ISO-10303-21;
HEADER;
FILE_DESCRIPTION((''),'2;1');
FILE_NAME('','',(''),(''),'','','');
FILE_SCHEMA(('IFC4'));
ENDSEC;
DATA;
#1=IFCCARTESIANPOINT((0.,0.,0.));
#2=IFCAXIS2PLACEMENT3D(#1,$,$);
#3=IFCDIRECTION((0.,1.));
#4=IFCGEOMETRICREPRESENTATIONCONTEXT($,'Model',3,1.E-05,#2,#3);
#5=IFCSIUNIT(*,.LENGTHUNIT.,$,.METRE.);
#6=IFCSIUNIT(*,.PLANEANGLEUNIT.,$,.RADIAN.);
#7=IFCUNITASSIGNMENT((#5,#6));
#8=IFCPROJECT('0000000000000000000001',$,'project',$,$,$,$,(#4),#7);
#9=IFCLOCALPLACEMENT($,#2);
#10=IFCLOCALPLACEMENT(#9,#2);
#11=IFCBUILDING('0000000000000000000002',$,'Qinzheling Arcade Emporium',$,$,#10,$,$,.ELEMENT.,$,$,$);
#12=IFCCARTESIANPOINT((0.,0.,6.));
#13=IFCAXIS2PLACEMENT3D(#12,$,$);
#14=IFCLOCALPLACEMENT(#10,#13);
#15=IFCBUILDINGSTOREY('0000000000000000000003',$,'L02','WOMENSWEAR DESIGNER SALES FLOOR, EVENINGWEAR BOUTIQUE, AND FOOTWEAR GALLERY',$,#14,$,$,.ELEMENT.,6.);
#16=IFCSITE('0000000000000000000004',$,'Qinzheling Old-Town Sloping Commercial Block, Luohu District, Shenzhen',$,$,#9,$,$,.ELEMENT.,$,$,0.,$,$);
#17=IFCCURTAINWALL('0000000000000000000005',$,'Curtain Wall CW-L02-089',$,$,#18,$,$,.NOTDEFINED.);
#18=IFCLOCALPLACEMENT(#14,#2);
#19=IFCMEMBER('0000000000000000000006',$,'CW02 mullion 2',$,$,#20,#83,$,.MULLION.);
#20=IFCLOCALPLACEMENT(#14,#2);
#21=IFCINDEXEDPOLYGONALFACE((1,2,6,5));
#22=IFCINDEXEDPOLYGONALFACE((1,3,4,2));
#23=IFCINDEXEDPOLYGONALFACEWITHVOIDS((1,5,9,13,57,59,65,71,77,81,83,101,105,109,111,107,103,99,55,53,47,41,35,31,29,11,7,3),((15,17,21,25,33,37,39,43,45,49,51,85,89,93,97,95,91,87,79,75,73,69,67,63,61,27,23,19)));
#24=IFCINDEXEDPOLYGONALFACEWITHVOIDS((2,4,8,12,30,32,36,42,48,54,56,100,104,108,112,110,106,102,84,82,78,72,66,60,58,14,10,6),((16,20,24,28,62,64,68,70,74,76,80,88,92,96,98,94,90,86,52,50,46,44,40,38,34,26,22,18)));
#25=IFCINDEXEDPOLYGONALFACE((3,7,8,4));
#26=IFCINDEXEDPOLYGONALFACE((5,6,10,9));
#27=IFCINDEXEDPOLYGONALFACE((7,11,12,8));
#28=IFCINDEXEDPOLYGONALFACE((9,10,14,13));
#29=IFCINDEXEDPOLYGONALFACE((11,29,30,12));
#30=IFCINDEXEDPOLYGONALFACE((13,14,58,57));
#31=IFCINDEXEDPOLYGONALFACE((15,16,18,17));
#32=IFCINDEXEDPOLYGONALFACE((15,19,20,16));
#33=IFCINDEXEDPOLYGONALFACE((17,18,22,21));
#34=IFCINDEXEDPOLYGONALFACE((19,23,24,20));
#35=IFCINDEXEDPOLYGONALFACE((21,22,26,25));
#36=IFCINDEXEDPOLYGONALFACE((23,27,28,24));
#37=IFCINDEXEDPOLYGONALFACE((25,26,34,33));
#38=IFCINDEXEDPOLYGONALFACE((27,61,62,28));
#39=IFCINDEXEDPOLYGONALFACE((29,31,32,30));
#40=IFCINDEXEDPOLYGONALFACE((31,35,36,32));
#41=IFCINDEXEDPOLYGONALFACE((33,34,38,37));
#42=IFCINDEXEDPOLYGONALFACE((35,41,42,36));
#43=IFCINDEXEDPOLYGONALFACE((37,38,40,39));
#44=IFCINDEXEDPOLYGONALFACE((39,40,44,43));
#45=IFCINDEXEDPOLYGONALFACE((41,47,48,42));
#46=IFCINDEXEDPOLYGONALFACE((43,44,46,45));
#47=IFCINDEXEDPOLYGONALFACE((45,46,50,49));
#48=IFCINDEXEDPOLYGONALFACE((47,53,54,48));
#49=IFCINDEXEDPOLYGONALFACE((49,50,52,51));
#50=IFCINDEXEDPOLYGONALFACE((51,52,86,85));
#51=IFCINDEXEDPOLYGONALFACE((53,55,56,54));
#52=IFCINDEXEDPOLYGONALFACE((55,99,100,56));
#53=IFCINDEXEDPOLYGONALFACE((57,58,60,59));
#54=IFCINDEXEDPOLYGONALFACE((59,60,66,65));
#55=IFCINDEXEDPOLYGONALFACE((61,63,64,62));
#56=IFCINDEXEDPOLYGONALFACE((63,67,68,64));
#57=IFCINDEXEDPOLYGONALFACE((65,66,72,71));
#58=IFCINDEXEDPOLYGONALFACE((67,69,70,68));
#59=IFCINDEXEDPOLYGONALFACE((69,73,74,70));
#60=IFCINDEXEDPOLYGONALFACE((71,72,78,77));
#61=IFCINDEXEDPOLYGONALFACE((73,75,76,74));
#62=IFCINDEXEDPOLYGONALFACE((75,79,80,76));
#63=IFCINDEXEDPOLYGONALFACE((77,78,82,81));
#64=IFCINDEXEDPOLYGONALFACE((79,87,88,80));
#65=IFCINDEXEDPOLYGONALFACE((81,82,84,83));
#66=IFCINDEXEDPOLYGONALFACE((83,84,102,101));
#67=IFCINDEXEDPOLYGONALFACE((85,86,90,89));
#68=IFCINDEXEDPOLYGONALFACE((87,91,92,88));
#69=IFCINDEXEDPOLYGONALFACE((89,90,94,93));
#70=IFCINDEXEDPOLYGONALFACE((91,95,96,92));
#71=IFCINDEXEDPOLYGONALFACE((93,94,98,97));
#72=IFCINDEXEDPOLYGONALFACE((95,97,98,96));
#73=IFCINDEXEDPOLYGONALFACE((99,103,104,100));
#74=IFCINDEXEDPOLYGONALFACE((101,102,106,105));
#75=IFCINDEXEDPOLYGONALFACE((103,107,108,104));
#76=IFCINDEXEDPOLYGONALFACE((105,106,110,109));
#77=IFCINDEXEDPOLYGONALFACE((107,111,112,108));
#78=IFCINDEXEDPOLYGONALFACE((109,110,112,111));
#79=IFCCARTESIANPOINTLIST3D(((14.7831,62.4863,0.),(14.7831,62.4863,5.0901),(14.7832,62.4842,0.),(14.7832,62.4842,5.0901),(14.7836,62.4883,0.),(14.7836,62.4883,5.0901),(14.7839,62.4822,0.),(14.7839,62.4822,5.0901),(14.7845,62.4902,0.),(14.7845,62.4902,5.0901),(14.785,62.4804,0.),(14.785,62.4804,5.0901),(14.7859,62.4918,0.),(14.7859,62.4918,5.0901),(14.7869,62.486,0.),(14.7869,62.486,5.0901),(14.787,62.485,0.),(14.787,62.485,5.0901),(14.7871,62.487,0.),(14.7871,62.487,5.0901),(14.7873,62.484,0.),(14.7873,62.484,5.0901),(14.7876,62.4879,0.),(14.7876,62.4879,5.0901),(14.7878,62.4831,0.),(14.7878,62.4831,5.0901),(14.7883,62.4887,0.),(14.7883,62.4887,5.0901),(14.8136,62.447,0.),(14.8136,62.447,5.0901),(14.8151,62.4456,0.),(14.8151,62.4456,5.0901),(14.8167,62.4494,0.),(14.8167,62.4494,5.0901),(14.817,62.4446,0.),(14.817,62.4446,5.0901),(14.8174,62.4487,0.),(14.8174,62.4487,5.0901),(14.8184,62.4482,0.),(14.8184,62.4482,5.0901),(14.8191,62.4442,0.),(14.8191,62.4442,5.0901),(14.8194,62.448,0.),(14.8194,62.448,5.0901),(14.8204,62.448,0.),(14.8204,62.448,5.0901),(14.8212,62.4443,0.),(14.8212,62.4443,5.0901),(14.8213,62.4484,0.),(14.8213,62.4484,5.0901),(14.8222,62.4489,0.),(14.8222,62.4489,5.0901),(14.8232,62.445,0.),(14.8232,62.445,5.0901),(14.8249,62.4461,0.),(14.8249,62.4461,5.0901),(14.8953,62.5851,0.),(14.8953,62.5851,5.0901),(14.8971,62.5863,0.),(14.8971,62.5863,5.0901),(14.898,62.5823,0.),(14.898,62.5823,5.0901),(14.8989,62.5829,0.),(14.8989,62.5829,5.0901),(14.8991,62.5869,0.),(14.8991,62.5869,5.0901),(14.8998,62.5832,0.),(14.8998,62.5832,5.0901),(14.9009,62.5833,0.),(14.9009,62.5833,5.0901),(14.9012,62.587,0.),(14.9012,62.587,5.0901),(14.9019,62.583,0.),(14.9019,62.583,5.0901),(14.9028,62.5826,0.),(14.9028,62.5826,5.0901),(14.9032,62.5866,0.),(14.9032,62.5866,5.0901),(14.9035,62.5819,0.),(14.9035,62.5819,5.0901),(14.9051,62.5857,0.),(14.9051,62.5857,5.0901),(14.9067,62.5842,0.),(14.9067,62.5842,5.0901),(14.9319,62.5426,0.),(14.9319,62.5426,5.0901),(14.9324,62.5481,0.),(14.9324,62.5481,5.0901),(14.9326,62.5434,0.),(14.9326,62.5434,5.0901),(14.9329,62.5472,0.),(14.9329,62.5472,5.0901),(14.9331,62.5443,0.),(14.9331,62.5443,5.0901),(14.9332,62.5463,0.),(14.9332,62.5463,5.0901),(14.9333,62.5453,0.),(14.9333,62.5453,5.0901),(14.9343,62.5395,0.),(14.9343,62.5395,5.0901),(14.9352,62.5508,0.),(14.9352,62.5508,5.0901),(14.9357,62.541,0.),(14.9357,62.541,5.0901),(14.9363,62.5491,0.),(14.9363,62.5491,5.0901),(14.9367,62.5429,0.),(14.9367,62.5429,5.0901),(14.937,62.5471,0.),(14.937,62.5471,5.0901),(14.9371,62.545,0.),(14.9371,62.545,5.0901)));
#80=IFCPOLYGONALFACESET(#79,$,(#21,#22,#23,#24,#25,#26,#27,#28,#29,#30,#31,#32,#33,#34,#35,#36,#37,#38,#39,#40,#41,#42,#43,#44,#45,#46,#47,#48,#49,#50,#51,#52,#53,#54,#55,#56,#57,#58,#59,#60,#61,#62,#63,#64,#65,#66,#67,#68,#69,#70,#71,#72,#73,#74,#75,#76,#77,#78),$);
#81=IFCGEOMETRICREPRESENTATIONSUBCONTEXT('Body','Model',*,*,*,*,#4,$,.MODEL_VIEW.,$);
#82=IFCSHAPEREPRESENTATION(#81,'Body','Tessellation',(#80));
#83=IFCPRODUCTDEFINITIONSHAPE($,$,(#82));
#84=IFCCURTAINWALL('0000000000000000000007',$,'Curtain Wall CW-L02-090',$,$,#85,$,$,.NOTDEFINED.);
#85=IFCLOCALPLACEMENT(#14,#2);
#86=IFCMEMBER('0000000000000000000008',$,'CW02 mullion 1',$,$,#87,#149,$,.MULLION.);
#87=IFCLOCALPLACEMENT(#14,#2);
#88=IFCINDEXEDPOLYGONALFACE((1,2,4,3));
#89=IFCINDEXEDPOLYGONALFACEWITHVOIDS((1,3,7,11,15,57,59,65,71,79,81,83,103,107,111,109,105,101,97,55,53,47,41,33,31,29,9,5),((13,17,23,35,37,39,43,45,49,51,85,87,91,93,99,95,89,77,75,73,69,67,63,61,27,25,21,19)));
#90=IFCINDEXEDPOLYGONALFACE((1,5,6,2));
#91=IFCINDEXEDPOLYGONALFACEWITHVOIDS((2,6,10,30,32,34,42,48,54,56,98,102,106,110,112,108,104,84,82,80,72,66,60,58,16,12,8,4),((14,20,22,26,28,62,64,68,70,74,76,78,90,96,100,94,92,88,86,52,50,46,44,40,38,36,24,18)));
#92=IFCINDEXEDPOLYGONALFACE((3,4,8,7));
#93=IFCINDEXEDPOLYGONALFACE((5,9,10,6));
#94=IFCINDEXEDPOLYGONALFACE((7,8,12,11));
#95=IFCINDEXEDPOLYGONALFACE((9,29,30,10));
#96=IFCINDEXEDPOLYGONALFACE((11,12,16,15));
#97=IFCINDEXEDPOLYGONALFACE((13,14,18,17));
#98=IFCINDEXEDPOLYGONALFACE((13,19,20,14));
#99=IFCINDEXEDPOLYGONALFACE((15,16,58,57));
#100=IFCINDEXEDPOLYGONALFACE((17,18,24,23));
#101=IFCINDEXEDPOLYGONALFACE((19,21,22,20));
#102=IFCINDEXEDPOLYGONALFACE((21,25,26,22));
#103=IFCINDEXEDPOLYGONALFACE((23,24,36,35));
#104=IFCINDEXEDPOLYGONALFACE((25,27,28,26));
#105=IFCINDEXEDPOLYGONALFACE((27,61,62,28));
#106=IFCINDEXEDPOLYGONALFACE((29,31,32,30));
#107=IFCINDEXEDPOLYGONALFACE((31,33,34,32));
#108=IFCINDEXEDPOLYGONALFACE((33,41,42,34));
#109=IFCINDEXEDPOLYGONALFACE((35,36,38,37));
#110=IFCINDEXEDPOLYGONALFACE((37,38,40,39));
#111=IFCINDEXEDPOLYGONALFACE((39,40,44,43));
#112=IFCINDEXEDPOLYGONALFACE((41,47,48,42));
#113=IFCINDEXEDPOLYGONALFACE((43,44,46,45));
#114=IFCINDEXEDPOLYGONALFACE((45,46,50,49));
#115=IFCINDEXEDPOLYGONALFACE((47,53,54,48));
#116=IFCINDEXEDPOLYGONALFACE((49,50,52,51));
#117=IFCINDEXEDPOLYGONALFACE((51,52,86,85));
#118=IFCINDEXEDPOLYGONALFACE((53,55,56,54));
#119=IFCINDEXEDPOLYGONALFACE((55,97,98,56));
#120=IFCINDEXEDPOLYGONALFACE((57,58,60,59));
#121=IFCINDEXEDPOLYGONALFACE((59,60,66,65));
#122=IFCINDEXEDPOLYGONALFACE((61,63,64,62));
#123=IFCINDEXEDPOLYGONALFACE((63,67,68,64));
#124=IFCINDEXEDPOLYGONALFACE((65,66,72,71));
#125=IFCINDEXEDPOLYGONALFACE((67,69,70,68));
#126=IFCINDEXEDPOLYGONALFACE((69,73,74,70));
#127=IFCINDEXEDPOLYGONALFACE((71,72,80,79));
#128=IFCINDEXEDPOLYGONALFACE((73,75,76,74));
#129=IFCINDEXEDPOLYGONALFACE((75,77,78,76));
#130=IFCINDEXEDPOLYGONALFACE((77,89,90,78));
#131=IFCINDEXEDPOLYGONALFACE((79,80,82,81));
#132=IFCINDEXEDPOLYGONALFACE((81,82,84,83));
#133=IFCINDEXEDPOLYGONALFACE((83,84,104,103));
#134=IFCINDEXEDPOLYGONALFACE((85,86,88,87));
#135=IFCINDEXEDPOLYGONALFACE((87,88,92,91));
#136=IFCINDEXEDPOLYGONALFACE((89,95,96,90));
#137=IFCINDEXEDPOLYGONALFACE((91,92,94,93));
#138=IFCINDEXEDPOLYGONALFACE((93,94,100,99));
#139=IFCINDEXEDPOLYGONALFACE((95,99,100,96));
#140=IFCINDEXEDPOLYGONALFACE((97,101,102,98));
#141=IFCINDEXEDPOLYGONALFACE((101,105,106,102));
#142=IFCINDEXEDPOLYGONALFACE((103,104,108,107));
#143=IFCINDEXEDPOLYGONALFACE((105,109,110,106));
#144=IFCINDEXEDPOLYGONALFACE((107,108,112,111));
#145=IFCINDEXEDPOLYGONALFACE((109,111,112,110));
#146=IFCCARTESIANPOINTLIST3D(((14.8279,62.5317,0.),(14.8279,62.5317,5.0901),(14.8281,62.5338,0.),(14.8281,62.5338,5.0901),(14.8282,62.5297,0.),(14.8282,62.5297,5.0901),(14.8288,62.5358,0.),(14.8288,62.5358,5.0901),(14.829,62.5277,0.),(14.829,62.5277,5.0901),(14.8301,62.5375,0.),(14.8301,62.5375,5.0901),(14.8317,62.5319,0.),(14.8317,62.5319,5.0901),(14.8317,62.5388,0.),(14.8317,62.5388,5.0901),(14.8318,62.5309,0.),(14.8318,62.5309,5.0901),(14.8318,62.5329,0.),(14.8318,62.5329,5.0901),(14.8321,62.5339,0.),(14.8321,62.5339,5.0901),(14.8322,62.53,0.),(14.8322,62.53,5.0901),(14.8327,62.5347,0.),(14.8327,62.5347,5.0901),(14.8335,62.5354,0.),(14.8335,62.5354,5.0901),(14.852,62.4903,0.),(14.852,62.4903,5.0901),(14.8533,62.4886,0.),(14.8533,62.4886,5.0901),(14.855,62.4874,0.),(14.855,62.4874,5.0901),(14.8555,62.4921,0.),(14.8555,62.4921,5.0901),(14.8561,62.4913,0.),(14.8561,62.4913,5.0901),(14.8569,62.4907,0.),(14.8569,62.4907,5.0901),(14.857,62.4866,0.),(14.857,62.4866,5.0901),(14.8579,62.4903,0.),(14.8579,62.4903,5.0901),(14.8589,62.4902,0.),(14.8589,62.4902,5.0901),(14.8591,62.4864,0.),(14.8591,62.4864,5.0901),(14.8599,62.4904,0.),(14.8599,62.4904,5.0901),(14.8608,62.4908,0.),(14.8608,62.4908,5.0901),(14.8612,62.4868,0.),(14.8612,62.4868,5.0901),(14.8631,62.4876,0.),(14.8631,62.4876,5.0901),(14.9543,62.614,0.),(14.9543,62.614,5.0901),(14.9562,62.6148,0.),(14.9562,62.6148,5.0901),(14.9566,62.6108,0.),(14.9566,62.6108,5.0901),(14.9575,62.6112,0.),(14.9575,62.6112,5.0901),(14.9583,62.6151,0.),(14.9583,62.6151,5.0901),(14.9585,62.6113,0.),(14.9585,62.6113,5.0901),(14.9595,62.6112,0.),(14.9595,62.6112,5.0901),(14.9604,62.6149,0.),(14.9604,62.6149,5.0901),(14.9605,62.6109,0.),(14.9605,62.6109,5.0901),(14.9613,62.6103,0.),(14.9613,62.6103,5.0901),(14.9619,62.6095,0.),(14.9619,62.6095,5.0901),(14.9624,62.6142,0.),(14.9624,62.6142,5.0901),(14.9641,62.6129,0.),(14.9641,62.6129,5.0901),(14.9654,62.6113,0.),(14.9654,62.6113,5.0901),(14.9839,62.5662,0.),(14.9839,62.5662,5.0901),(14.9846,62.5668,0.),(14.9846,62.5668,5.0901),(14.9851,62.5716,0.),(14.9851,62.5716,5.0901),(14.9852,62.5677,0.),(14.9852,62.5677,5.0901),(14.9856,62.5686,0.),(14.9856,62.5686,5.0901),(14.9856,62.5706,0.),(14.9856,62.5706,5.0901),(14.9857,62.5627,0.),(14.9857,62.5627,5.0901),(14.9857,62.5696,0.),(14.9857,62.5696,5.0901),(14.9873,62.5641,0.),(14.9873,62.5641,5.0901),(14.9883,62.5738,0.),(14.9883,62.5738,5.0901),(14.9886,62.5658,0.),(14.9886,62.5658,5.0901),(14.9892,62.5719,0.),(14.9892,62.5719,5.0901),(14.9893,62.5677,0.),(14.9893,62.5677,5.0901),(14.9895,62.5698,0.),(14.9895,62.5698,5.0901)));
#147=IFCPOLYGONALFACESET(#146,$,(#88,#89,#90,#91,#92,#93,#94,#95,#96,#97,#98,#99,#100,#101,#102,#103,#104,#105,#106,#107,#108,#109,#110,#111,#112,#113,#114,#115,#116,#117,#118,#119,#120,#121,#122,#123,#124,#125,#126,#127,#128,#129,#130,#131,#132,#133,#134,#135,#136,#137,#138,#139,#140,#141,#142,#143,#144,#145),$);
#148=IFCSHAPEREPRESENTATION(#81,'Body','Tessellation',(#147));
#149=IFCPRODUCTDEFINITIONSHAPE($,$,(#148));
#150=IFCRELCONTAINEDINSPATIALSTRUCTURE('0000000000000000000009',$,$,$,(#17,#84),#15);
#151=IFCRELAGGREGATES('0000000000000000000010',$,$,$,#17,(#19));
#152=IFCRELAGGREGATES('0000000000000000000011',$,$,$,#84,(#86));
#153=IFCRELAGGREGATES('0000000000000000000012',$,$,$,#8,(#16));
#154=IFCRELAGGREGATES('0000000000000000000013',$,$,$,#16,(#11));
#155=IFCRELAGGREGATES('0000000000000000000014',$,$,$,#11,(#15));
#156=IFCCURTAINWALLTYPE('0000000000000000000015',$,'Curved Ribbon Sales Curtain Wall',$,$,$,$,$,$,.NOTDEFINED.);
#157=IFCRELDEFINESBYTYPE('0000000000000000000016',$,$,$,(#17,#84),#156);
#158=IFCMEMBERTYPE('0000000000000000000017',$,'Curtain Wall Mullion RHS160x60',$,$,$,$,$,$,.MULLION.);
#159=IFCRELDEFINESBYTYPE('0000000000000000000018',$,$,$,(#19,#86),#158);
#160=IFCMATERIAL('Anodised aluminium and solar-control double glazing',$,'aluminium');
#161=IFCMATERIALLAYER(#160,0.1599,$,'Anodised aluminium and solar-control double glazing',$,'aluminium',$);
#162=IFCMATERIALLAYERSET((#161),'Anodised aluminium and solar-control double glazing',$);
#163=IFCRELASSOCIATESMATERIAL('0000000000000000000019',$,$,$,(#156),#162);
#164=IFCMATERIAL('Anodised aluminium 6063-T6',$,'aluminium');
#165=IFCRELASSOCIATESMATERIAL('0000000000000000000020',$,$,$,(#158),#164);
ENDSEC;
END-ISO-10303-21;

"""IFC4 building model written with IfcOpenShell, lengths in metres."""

from ifc_helpers import new_model, si_unit, direction, frame, origin, origin_2d, place, context, subcontext, project, spatial, hollow_rectangle, extrude, material, layer, layer_set, material_profile, profile_set, type_object, element, aggregate, save


model = new_model("IFC4")

# Units and contexts
model_context = context("Model", 3, precision=1e-05, world=origin(), true_north=direction((0.0, 1.0)))
body_context = subcontext(model_context, "Body", "Model", "MODEL_VIEW")
ifc_project = project(units=[si_unit("LENGTHUNIT", "METRE"), si_unit("PLANEANGLEUNIT", "RADIAN")], contexts=[model_context])

# Site, building, storey
site_placement = place(None, origin())
site = spatial("IfcSite", under=ifc_project, at=site_placement, Name="Qinzheling Old-Town Sloping Commercial Block, Luohu District, Shenzhen", CompositionType="ELEMENT", RefElevation=0.0)
building_placement = place(site_placement, origin())
building = spatial("IfcBuilding", under=site, at=building_placement, Name="Qinzheling Arcade Emporium", CompositionType="ELEMENT")
storey_placement = place(building_placement, frame((0.0, 0.0, 6.0)))
storey = spatial("IfcBuildingStorey", under=building, at=storey_placement, Name="L02", Description="WOMENSWEAR DESIGNER SALES FLOOR, EVENINGWEAR BOUTIQUE, AND FOOTWEAR GALLERY", CompositionType="ELEMENT", Elevation=6.0)

# Curtain wall, member
ifc_material_1 = material(Name="Anodised aluminium and solar-control double glazing", Category="aluminium")
ifc_layer_1 = layer(ifc_material_1, 0.1599, Name="Anodised aluminium and solar-control double glazing", Category="aluminium")
ifc_layer_set_1 = layer_set([ifc_layer_1], Name="Anodised aluminium and solar-control double glazing")
curtain_wall_type = type_object("IfcCurtainWallType", Name="Curved Ribbon Sales Curtain Wall", PredefinedType="NOTDEFINED", material=ifc_layer_set_1)
curtain_wall_1_placement = place(storey_placement, origin())
curtain_wall_1 = element("IfcCurtainWall", 1, at=curtain_wall_1_placement, inside=storey, type_object=curtain_wall_type, Name="Curtain Wall CW-L02-089", PredefinedType="NOTDEFINED")
ifc_material_2 = material(Name="Anodised aluminium 6063-T6", Category="aluminium")
ifc_material_profile_1 = material_profile(ifc_material_2, hollow_rectangle(XDim=0.0601, YDim=0.1599, WallThickness=0.0039, InnerFilletRadius=0.0039, OuterFilletRadius=0.0081, at=origin_2d()), Name="RHS 160x60x4", Category="aluminium")
ifc_profile_set_1 = profile_set([ifc_material_profile_1], Name="Anodised aluminium 6063-T6")
member_type_1 = type_object("IfcMemberType", Name="Curtain Wall Mullion RHS160x60", PredefinedType="MULLION", material=ifc_profile_set_1)
member_1_placement = place(storey_placement, frame((14.8601, 62.5156, 0.0), z_axis=(0.0, 0.0, 1.0), x_axis=(-0.64925, 0.760575, 0.0)))
member_1 = element("IfcMember", 2, at=member_1_placement, type_object=member_type_1, Name="CW02 mullion 2", PredefinedType="MULLION", context=body_context, shape_type="SweptSolid", body=[
    extrude(hollow_rectangle(XDim=0.0601, YDim=0.1599, WallThickness=0.0039, InnerFilletRadius=0.0039, OuterFilletRadius=0.0081, at=origin_2d()), origin(), (0.0, 0.0, 1.0), 5.0901),
])
aggregate(curtain_wall_1, [member_1])

# Curtain wall, member
curtain_wall_2_placement = place(storey_placement, origin())
curtain_wall_2 = element("IfcCurtainWall", 3, at=curtain_wall_2_placement, inside=storey, type_object=curtain_wall_type, Name="Curtain Wall CW-L02-090", PredefinedType="NOTDEFINED")
member_2_placement = place(storey_placement, frame((14.9087, 62.5508, 0.0), z_axis=(0.0, 0.0, 1.0), x_axis=(-0.522532, 0.85262, 0.0)))
member_2 = element("IfcMember", 4, at=member_2_placement, type_object=member_type_1, Name="CW02 mullion 1", PredefinedType="MULLION", context=body_context, shape_type="SweptSolid", body=[
    extrude(hollow_rectangle(XDim=0.0601, YDim=0.1599, WallThickness=0.0039, InnerFilletRadius=0.0039, OuterFilletRadius=0.0081, at=origin_2d()), origin(), (0.0, 0.0, 1.0), 5.0901),
])

aggregate(curtain_wall_2, [member_2])

save(model, "model.ifc")
